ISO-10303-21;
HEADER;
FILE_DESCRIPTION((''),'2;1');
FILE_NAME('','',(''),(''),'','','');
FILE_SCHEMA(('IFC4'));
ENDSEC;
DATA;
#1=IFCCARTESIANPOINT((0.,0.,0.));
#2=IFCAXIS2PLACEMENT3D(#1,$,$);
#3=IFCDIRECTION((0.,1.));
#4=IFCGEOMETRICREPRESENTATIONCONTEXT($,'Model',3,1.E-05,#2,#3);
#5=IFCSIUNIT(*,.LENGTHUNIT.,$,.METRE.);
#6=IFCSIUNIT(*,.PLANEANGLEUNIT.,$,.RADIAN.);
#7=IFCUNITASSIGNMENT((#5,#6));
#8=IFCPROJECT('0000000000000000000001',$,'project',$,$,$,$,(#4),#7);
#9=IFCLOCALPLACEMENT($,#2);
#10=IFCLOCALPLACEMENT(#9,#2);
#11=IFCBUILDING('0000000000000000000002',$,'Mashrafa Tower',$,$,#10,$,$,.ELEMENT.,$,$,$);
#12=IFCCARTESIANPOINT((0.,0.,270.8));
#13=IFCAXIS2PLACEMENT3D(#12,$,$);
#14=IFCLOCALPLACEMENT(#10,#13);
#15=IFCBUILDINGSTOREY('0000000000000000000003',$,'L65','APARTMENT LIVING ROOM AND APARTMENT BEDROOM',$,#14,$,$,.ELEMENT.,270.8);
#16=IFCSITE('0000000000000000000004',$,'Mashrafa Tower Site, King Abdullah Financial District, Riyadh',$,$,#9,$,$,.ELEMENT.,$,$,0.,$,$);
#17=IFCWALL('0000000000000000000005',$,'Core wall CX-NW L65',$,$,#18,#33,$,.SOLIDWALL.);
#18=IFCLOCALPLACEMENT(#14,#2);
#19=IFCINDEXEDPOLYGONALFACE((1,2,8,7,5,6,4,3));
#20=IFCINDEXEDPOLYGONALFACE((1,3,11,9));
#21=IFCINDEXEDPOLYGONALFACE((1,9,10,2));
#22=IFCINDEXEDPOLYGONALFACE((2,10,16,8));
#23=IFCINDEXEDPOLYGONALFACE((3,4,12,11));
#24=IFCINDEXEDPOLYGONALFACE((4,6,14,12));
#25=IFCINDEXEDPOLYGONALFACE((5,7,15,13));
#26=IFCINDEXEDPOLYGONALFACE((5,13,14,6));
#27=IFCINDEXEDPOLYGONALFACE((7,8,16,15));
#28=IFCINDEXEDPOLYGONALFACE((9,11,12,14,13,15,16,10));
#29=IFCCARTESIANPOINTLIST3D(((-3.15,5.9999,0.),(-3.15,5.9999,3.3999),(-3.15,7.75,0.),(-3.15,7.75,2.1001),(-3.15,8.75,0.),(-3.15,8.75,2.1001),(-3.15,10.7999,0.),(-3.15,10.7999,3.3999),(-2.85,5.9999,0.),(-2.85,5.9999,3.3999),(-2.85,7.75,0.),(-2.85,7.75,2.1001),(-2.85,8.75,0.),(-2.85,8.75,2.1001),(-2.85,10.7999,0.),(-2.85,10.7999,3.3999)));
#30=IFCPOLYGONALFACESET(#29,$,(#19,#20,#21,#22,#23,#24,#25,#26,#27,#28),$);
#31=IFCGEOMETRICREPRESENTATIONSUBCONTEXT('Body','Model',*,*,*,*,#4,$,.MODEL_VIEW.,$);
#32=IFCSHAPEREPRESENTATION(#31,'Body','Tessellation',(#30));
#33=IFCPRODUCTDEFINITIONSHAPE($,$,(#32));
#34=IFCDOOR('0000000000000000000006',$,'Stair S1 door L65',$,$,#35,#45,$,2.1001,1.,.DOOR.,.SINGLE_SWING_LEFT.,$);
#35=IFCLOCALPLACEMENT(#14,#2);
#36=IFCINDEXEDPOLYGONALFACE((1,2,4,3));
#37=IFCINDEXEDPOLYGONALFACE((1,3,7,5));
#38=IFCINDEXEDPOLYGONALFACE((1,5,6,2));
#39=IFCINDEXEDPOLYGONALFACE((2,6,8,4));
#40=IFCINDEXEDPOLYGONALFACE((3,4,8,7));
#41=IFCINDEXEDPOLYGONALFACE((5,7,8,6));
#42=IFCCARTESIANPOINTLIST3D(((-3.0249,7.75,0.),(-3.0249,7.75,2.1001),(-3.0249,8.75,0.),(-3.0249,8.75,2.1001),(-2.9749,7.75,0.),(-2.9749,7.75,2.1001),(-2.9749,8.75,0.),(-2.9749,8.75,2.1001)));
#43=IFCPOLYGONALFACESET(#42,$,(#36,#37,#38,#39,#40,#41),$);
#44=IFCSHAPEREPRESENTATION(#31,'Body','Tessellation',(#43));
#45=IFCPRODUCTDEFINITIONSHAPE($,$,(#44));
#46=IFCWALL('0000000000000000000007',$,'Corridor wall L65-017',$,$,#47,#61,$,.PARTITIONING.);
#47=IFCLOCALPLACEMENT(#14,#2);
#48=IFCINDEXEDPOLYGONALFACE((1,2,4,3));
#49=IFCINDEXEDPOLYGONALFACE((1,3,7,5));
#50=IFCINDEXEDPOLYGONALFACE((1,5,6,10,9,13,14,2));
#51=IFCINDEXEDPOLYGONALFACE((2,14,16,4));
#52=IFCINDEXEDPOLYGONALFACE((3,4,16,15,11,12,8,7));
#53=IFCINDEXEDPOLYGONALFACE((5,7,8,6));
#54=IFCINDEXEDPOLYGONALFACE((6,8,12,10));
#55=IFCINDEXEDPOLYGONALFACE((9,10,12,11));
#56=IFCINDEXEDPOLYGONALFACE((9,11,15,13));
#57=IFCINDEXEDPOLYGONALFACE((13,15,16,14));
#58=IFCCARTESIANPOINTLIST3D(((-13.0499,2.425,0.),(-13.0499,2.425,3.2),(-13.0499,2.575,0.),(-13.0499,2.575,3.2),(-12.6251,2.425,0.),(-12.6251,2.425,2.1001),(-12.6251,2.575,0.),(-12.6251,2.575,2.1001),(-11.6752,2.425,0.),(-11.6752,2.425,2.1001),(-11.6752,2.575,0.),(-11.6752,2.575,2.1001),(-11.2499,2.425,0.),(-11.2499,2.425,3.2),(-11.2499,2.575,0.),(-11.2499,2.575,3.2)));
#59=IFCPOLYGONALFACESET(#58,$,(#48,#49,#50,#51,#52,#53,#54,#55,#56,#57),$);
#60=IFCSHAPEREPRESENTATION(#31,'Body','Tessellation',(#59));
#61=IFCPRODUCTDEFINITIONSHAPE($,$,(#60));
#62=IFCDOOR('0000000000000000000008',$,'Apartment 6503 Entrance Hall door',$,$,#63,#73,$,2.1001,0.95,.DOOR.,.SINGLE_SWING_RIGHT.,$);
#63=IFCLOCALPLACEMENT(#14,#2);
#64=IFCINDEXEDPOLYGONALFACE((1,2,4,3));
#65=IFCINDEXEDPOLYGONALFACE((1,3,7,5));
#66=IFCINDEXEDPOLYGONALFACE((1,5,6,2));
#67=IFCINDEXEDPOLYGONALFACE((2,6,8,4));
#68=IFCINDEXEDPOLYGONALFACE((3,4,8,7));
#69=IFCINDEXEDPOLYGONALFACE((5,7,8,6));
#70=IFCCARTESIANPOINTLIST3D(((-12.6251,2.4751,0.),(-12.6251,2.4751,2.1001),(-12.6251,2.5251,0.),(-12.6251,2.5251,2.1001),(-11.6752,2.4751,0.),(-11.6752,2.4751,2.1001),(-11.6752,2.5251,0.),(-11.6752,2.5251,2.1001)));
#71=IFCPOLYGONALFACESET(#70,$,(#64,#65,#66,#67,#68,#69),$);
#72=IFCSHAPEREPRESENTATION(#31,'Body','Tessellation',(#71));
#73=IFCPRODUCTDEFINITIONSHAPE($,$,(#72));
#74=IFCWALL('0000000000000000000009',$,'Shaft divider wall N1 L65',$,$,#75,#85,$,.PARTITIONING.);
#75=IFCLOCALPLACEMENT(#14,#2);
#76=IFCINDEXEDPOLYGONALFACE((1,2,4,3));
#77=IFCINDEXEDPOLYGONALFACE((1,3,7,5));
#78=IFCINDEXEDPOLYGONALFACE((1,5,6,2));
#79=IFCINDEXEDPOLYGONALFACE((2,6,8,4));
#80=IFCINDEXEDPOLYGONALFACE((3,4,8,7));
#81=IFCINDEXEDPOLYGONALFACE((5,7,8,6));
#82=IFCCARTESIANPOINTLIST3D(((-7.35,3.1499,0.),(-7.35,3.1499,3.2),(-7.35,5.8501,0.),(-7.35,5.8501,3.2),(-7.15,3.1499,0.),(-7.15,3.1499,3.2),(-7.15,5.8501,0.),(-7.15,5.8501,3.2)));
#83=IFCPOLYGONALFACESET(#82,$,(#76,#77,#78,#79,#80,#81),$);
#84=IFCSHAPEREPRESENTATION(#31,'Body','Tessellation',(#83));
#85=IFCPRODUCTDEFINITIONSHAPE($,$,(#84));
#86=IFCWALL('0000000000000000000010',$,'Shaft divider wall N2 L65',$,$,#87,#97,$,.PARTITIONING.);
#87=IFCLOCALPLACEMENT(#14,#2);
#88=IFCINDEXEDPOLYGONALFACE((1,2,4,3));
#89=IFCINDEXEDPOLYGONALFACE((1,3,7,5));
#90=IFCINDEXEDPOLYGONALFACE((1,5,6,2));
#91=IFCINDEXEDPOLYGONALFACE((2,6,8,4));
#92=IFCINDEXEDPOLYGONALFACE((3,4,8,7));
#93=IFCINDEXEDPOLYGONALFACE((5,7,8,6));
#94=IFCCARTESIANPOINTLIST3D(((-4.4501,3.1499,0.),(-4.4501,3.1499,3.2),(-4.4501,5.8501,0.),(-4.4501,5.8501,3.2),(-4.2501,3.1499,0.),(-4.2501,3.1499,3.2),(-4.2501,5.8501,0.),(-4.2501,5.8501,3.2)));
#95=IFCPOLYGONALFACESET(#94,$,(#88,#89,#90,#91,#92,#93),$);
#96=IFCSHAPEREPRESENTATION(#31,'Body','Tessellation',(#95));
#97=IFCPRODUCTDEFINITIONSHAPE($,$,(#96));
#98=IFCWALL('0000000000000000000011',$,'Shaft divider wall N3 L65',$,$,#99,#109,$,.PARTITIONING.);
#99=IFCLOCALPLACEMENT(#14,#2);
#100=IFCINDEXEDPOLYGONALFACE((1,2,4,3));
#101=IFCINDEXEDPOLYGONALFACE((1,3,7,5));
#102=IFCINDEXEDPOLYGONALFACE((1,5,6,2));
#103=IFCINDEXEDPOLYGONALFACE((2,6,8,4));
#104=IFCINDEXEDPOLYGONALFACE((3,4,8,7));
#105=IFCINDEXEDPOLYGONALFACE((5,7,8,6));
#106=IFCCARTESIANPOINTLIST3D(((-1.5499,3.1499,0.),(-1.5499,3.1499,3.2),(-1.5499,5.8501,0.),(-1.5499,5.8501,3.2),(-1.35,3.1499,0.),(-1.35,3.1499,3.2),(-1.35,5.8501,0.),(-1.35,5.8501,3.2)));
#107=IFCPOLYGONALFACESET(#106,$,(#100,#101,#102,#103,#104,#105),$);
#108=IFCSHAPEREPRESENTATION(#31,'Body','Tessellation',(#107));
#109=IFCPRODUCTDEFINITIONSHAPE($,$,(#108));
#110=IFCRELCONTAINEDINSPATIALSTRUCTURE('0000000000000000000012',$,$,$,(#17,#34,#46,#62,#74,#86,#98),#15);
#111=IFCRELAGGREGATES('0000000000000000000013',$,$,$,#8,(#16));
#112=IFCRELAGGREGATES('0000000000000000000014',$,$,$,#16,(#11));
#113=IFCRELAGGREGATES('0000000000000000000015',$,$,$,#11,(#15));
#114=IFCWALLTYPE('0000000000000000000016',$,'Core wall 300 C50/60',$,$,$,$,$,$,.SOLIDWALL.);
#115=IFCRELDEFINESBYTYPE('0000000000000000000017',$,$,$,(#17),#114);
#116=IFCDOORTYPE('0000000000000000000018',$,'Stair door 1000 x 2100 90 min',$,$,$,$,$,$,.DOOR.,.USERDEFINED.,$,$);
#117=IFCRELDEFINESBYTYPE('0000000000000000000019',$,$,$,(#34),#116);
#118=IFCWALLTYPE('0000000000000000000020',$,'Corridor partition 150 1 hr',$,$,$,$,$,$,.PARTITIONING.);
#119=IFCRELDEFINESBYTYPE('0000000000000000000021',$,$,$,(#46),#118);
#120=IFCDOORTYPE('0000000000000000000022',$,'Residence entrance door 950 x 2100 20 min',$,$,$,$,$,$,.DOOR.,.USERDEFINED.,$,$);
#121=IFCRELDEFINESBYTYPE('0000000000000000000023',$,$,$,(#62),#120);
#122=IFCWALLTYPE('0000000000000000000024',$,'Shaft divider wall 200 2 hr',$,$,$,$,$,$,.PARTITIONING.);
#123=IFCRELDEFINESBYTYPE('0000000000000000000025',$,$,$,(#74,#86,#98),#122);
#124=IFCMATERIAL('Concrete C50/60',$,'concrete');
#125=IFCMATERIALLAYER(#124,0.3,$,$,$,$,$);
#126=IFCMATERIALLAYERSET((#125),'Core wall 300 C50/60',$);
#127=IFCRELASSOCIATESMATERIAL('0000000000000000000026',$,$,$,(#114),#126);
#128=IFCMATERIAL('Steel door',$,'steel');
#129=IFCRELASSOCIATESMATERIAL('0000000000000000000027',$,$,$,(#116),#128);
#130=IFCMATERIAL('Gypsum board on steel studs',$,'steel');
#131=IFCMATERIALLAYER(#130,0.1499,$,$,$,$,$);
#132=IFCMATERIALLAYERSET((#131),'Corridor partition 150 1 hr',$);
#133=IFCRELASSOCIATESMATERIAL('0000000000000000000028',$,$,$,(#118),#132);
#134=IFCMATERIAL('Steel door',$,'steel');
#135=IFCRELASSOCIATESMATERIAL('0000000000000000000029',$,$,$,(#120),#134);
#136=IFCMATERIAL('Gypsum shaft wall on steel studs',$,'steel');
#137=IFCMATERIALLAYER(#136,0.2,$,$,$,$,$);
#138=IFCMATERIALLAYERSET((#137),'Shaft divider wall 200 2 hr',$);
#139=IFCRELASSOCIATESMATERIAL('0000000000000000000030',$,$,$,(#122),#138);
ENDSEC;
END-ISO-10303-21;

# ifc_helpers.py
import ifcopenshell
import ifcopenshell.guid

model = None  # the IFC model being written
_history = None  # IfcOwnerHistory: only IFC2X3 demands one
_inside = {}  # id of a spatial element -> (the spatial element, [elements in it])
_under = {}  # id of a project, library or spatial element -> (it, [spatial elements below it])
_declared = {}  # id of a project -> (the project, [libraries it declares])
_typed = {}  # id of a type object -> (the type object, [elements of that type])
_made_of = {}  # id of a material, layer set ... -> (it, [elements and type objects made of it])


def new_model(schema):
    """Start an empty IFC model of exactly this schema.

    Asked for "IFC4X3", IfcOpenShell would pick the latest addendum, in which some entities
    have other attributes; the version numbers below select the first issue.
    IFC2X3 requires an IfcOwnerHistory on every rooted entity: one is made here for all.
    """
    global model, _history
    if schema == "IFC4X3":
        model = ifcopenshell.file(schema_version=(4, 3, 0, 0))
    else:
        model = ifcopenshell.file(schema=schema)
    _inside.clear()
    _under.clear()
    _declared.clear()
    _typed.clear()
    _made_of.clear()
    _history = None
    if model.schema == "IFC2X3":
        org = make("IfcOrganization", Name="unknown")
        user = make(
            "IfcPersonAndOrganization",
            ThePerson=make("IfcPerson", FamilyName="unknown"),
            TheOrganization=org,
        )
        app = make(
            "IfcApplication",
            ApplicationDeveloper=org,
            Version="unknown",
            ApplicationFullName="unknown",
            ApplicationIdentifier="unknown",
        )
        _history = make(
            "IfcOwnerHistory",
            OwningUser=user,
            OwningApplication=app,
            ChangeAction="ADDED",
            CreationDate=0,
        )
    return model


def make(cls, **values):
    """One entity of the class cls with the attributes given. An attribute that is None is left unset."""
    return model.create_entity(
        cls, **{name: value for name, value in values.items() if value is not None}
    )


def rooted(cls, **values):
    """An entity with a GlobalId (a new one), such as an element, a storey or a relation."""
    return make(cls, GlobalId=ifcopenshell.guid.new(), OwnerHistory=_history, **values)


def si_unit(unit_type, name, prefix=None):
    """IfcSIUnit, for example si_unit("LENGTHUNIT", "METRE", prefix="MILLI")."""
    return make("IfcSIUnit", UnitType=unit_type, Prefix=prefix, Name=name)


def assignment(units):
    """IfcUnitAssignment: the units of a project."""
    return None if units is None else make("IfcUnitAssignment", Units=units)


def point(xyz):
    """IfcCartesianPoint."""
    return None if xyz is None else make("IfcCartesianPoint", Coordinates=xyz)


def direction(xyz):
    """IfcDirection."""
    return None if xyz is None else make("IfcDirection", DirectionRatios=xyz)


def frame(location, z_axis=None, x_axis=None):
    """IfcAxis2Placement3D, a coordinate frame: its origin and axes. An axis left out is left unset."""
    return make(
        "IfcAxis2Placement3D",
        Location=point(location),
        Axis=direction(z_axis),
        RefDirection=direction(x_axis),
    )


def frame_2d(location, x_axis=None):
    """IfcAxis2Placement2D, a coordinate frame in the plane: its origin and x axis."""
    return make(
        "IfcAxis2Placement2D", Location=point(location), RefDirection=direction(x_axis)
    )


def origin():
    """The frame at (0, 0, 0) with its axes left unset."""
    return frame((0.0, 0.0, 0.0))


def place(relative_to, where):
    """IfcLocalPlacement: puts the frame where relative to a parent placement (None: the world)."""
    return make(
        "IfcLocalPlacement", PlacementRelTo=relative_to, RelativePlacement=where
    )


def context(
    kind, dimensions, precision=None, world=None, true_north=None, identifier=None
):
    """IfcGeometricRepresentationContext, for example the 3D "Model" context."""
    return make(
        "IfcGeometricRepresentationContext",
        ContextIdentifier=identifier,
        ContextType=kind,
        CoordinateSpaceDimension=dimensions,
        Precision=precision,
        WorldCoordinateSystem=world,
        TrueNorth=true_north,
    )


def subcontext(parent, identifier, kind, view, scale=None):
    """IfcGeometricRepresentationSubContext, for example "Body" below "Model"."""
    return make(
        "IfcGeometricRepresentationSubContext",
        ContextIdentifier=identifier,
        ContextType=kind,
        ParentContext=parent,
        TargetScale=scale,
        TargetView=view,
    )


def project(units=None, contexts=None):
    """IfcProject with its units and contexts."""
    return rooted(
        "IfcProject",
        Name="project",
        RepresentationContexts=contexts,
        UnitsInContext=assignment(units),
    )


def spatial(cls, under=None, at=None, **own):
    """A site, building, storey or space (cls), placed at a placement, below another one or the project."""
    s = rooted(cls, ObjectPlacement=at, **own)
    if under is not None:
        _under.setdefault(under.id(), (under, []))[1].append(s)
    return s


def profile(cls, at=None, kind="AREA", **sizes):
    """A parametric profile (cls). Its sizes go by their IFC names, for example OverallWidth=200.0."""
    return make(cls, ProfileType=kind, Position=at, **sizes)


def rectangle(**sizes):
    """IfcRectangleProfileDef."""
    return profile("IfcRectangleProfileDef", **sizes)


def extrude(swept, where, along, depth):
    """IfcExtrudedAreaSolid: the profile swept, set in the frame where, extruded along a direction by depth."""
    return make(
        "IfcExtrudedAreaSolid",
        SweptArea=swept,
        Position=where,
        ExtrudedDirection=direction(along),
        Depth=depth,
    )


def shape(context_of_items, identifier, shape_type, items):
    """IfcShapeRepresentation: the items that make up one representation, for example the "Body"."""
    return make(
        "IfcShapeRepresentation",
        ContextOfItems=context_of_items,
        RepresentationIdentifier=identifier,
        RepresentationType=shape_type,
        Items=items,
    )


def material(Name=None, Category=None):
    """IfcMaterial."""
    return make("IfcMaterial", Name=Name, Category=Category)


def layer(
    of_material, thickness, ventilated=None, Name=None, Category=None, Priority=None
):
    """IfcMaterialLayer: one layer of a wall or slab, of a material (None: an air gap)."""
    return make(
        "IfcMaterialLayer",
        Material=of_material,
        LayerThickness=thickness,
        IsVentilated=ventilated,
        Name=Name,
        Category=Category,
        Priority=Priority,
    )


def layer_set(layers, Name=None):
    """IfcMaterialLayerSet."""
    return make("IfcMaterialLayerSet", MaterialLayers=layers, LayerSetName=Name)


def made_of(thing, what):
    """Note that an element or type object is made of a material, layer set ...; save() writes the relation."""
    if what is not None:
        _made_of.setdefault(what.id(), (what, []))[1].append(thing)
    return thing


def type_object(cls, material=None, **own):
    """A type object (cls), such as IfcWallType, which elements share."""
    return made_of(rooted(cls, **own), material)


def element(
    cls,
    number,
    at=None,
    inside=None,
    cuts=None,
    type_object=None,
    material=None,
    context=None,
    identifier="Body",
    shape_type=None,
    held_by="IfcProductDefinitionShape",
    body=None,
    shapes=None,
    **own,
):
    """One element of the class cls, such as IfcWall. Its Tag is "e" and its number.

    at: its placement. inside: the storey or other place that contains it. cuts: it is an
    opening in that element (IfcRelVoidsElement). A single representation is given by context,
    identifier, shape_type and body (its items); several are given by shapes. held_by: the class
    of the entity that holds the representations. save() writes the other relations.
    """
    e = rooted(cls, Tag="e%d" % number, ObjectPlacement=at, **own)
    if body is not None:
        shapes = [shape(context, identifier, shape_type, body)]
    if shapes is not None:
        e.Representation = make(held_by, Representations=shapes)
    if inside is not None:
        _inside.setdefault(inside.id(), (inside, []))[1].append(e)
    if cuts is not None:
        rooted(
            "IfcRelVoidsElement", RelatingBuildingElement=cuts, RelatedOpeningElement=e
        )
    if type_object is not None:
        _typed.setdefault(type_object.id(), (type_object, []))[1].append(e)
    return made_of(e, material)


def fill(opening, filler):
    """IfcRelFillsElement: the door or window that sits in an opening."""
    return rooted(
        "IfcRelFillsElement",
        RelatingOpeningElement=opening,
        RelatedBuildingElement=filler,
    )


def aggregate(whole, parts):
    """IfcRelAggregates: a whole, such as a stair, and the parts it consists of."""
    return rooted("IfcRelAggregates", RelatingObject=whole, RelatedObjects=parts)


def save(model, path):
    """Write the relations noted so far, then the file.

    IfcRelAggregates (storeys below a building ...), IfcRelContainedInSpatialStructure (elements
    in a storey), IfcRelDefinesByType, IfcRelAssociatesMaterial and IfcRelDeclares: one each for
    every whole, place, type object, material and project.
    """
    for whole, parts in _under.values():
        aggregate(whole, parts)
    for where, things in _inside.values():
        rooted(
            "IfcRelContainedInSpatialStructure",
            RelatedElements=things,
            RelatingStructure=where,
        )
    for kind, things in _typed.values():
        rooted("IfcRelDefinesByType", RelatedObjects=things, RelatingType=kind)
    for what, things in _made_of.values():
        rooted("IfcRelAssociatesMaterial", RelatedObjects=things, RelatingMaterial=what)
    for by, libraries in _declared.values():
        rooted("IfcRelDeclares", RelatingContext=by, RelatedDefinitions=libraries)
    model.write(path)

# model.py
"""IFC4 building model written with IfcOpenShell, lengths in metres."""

from ifc_helpers import new_model, si_unit, direction, frame, frame_2d, origin, place, context, subcontext, project, spatial, rectangle, extrude, material, layer, layer_set, type_object, element, fill, save


model = new_model("IFC4")

# Units and contexts
model_context = context("Model", 3, precision=1e-05, world=origin(), true_north=direction((0.0, 1.0)))
body_context = subcontext(model_context, "Body", "Model", "MODEL_VIEW")
ifc_project = project(units=[si_unit("LENGTHUNIT", "METRE"), si_unit("PLANEANGLEUNIT", "RADIAN")], contexts=[model_context])

# Site, building, storey
site_placement = place(None, origin())
site = spatial("IfcSite", under=ifc_project, at=site_placement, Name="Mashrafa Tower Site, King Abdullah Financial District, Riyadh", CompositionType="ELEMENT", RefElevation=0.0)
building_placement = place(site_placement, origin())
building = spatial("IfcBuilding", under=site, at=building_placement, Name="Mashrafa Tower", CompositionType="ELEMENT")
storey_placement = place(building_placement, frame((0.0, 0.0, 270.8)))
storey = spatial("IfcBuildingStorey", under=building, at=storey_placement, Name="L65", Description="APARTMENT LIVING ROOM AND APARTMENT BEDROOM", CompositionType="ELEMENT", Elevation=270.8)

# Shared definitions
ifc_material_1 = material(Name="Concrete C50/60", Category="concrete")
ifc_layer_1 = layer(ifc_material_1, 0.3)
ifc_layer_set_1 = layer_set([ifc_layer_1], Name="Core wall 300 C50/60")
wall_type_1 = type_object("IfcWallType", Name="Core wall 300 C50/60", PredefinedType="SOLIDWALL", material=ifc_layer_set_1)

# Walls, openings, doors
wall_1_placement = place(storey_placement, frame((-3.0, 6.0, 0.0), z_axis=(0.0, 0.0, 1.0), x_axis=(0.0, 1.0, 0.0)))
wall_1 = element("IfcWall", 1, at=wall_1_placement, inside=storey, type_object=wall_type_1, Name="Core wall CX-NW L65", PredefinedType="SOLIDWALL", context=body_context, shape_type="SweptSolid", body=[
    extrude(rectangle(XDim=4.8, YDim=0.3, at=frame_2d((2.3999, 0.0))), origin(), (0.0, 0.0, 1.0), 3.3999),
])
opening_1_placement = place(wall_1_placement, frame((1.75, 0.0, 0.0)))
opening_1 = element("IfcOpeningElement", 2, at=opening_1_placement, cuts=wall_1, PredefinedType="OPENING", context=body_context, shape_type="SweptSolid", body=[
    extrude(rectangle(XDim=1.0, YDim=2.1001, at=frame_2d((0.5, 1.05))), frame((0.0, 0.1599, 0.0), z_axis=(0.0, -1.0, 0.0), x_axis=(1.0, 0.0, 0.0)), (0.0, 0.0, 1.0), 0.3201),
])
ifc_material_2 = material(Name="Steel door", Category="steel")
door_type_1 = type_object("IfcDoorType", Name="Stair door 1000 x 2100 90 min", OperationType="USERDEFINED", PredefinedType="DOOR", material=ifc_material_2)
door_1_placement = place(opening_1_placement, origin())
door_1 = element("IfcDoor", 3, at=door_1_placement, inside=storey, type_object=door_type_1, Name="Stair S1 door L65", OperationType="SINGLE_SWING_LEFT", OverallHeight=2.1001, OverallWidth=1.0, PredefinedType="DOOR", context=body_context, shape_type="SweptSolid", body=[
    extrude(rectangle(XDim=1.0, YDim=2.1001, at=frame_2d((0.5, 1.05))), frame((0.0, 0.0249, 0.0), z_axis=(0.0, -1.0, 0.0), x_axis=(1.0, 0.0, 0.0)), (0.0, 0.0, 1.0), 0.05),
])
fill(opening_1, door_1)
ifc_material_3 = material(Name="Gypsum board on steel studs", Category="steel")
ifc_layer_2 = layer(ifc_material_3, 0.1499)
ifc_layer_set_2 = layer_set([ifc_layer_2], Name="Corridor partition 150 1 hr")
wall_type_2 = type_object("IfcWallType", Name="Corridor partition 150 1 hr", PredefinedType="PARTITIONING", material=ifc_layer_set_2)
wall_2_placement = place(storey_placement, frame((-11.25, 2.5, 0.0), z_axis=(0.0, 0.0, 1.0), x_axis=(-1.0, 0.0, 0.0)))
wall_2 = element("IfcWall", 4, at=wall_2_placement, inside=storey, type_object=wall_type_2, Name="Corridor wall L65-017", PredefinedType="PARTITIONING", context=body_context, shape_type="SweptSolid", body=[
    extrude(rectangle(XDim=1.8, YDim=0.1499, at=frame_2d((0.8999, 0.0))), origin(), (0.0, 0.0, 1.0), 3.2),
])
opening_2_placement = place(wall_2_placement, frame((0.425, 0.0, 0.0)))
opening_2 = element("IfcOpeningElement", 5, at=opening_2_placement, cuts=wall_2, PredefinedType="OPENING", context=body_context, shape_type="SweptSolid", body=[
    extrude(rectangle(XDim=0.95, YDim=2.1001, at=frame_2d((0.4751, 1.05))), frame((0.0, 0.085, 0.0), z_axis=(0.0, -1.0, 0.0), x_axis=(1.0, 0.0, 0.0)), (0.0, 0.0, 1.0), 0.1699),
])
ifc_material_4 = material(Name="Steel door", Category="steel")
door_type_2 = type_object("IfcDoorType", Name="Residence entrance door 950 x 2100 20 min", OperationType="USERDEFINED", PredefinedType="DOOR", material=ifc_material_4)
door_2_placement = place(opening_2_placement, origin())
door_2 = element("IfcDoor", 6, at=door_2_placement, inside=storey, type_object=door_type_2, Name="Apartment 6503 Entrance Hall door", OperationType="SINGLE_SWING_RIGHT", OverallHeight=2.1001, OverallWidth=0.95, PredefinedType="DOOR", context=body_context, shape_type="SweptSolid", body=[
    extrude(rectangle(XDim=0.95, YDim=2.1001, at=frame_2d((0.4751, 1.05))), frame((0.0, 0.0249, 0.0), z_axis=(0.0, -1.0, 0.0), x_axis=(1.0, 0.0, 0.0)), (0.0, 0.0, 1.0), 0.05),
])
fill(opening_2, door_2)

# Walls
ifc_material_5 = material(Name="Gypsum shaft wall on steel studs", Category="steel")
ifc_layer_3 = layer(ifc_material_5, 0.2)
ifc_layer_set_3 = layer_set([ifc_layer_3], Name="Shaft divider wall 200 2 hr")
wall_type_3 = type_object("IfcWallType", Name="Shaft divider wall 200 2 hr", PredefinedType="PARTITIONING", material=ifc_layer_set_3)
for number, where, z_axis, x_axis, name in (
    (7, (-7.25, 3.1499, 0.0), (0.0, 0.0, 1.0), (0.0, 1.0, 0.0), "Shaft divider wall N1 L65"),
    (8, (-4.3501, 3.1499, 0.0), (0.0, 0.0, 1.0), (0.0, 1.0, 0.0), "Shaft divider wall N2 L65"),
    (9, (-1.45, 3.1499, 0.0), (0.0, 0.0, 1.0), (0.0, 1.0, 0.0), "Shaft divider wall N3 L65"),
):
    element("IfcWall", number, at=place(storey_placement, frame(where, z_axis=z_axis, x_axis=x_axis)), inside=storey, type_object=wall_type_3, Name=name, PredefinedType="PARTITIONING", context=body_context, shape_type="SweptSolid", body=[
        extrude(rectangle(XDim=2.7002, YDim=0.2, at=frame_2d((1.3501, 0.0))), origin(), (0.0, 0.0, 1.0), 3.2),
    ])

save(model, "model.ifc")
